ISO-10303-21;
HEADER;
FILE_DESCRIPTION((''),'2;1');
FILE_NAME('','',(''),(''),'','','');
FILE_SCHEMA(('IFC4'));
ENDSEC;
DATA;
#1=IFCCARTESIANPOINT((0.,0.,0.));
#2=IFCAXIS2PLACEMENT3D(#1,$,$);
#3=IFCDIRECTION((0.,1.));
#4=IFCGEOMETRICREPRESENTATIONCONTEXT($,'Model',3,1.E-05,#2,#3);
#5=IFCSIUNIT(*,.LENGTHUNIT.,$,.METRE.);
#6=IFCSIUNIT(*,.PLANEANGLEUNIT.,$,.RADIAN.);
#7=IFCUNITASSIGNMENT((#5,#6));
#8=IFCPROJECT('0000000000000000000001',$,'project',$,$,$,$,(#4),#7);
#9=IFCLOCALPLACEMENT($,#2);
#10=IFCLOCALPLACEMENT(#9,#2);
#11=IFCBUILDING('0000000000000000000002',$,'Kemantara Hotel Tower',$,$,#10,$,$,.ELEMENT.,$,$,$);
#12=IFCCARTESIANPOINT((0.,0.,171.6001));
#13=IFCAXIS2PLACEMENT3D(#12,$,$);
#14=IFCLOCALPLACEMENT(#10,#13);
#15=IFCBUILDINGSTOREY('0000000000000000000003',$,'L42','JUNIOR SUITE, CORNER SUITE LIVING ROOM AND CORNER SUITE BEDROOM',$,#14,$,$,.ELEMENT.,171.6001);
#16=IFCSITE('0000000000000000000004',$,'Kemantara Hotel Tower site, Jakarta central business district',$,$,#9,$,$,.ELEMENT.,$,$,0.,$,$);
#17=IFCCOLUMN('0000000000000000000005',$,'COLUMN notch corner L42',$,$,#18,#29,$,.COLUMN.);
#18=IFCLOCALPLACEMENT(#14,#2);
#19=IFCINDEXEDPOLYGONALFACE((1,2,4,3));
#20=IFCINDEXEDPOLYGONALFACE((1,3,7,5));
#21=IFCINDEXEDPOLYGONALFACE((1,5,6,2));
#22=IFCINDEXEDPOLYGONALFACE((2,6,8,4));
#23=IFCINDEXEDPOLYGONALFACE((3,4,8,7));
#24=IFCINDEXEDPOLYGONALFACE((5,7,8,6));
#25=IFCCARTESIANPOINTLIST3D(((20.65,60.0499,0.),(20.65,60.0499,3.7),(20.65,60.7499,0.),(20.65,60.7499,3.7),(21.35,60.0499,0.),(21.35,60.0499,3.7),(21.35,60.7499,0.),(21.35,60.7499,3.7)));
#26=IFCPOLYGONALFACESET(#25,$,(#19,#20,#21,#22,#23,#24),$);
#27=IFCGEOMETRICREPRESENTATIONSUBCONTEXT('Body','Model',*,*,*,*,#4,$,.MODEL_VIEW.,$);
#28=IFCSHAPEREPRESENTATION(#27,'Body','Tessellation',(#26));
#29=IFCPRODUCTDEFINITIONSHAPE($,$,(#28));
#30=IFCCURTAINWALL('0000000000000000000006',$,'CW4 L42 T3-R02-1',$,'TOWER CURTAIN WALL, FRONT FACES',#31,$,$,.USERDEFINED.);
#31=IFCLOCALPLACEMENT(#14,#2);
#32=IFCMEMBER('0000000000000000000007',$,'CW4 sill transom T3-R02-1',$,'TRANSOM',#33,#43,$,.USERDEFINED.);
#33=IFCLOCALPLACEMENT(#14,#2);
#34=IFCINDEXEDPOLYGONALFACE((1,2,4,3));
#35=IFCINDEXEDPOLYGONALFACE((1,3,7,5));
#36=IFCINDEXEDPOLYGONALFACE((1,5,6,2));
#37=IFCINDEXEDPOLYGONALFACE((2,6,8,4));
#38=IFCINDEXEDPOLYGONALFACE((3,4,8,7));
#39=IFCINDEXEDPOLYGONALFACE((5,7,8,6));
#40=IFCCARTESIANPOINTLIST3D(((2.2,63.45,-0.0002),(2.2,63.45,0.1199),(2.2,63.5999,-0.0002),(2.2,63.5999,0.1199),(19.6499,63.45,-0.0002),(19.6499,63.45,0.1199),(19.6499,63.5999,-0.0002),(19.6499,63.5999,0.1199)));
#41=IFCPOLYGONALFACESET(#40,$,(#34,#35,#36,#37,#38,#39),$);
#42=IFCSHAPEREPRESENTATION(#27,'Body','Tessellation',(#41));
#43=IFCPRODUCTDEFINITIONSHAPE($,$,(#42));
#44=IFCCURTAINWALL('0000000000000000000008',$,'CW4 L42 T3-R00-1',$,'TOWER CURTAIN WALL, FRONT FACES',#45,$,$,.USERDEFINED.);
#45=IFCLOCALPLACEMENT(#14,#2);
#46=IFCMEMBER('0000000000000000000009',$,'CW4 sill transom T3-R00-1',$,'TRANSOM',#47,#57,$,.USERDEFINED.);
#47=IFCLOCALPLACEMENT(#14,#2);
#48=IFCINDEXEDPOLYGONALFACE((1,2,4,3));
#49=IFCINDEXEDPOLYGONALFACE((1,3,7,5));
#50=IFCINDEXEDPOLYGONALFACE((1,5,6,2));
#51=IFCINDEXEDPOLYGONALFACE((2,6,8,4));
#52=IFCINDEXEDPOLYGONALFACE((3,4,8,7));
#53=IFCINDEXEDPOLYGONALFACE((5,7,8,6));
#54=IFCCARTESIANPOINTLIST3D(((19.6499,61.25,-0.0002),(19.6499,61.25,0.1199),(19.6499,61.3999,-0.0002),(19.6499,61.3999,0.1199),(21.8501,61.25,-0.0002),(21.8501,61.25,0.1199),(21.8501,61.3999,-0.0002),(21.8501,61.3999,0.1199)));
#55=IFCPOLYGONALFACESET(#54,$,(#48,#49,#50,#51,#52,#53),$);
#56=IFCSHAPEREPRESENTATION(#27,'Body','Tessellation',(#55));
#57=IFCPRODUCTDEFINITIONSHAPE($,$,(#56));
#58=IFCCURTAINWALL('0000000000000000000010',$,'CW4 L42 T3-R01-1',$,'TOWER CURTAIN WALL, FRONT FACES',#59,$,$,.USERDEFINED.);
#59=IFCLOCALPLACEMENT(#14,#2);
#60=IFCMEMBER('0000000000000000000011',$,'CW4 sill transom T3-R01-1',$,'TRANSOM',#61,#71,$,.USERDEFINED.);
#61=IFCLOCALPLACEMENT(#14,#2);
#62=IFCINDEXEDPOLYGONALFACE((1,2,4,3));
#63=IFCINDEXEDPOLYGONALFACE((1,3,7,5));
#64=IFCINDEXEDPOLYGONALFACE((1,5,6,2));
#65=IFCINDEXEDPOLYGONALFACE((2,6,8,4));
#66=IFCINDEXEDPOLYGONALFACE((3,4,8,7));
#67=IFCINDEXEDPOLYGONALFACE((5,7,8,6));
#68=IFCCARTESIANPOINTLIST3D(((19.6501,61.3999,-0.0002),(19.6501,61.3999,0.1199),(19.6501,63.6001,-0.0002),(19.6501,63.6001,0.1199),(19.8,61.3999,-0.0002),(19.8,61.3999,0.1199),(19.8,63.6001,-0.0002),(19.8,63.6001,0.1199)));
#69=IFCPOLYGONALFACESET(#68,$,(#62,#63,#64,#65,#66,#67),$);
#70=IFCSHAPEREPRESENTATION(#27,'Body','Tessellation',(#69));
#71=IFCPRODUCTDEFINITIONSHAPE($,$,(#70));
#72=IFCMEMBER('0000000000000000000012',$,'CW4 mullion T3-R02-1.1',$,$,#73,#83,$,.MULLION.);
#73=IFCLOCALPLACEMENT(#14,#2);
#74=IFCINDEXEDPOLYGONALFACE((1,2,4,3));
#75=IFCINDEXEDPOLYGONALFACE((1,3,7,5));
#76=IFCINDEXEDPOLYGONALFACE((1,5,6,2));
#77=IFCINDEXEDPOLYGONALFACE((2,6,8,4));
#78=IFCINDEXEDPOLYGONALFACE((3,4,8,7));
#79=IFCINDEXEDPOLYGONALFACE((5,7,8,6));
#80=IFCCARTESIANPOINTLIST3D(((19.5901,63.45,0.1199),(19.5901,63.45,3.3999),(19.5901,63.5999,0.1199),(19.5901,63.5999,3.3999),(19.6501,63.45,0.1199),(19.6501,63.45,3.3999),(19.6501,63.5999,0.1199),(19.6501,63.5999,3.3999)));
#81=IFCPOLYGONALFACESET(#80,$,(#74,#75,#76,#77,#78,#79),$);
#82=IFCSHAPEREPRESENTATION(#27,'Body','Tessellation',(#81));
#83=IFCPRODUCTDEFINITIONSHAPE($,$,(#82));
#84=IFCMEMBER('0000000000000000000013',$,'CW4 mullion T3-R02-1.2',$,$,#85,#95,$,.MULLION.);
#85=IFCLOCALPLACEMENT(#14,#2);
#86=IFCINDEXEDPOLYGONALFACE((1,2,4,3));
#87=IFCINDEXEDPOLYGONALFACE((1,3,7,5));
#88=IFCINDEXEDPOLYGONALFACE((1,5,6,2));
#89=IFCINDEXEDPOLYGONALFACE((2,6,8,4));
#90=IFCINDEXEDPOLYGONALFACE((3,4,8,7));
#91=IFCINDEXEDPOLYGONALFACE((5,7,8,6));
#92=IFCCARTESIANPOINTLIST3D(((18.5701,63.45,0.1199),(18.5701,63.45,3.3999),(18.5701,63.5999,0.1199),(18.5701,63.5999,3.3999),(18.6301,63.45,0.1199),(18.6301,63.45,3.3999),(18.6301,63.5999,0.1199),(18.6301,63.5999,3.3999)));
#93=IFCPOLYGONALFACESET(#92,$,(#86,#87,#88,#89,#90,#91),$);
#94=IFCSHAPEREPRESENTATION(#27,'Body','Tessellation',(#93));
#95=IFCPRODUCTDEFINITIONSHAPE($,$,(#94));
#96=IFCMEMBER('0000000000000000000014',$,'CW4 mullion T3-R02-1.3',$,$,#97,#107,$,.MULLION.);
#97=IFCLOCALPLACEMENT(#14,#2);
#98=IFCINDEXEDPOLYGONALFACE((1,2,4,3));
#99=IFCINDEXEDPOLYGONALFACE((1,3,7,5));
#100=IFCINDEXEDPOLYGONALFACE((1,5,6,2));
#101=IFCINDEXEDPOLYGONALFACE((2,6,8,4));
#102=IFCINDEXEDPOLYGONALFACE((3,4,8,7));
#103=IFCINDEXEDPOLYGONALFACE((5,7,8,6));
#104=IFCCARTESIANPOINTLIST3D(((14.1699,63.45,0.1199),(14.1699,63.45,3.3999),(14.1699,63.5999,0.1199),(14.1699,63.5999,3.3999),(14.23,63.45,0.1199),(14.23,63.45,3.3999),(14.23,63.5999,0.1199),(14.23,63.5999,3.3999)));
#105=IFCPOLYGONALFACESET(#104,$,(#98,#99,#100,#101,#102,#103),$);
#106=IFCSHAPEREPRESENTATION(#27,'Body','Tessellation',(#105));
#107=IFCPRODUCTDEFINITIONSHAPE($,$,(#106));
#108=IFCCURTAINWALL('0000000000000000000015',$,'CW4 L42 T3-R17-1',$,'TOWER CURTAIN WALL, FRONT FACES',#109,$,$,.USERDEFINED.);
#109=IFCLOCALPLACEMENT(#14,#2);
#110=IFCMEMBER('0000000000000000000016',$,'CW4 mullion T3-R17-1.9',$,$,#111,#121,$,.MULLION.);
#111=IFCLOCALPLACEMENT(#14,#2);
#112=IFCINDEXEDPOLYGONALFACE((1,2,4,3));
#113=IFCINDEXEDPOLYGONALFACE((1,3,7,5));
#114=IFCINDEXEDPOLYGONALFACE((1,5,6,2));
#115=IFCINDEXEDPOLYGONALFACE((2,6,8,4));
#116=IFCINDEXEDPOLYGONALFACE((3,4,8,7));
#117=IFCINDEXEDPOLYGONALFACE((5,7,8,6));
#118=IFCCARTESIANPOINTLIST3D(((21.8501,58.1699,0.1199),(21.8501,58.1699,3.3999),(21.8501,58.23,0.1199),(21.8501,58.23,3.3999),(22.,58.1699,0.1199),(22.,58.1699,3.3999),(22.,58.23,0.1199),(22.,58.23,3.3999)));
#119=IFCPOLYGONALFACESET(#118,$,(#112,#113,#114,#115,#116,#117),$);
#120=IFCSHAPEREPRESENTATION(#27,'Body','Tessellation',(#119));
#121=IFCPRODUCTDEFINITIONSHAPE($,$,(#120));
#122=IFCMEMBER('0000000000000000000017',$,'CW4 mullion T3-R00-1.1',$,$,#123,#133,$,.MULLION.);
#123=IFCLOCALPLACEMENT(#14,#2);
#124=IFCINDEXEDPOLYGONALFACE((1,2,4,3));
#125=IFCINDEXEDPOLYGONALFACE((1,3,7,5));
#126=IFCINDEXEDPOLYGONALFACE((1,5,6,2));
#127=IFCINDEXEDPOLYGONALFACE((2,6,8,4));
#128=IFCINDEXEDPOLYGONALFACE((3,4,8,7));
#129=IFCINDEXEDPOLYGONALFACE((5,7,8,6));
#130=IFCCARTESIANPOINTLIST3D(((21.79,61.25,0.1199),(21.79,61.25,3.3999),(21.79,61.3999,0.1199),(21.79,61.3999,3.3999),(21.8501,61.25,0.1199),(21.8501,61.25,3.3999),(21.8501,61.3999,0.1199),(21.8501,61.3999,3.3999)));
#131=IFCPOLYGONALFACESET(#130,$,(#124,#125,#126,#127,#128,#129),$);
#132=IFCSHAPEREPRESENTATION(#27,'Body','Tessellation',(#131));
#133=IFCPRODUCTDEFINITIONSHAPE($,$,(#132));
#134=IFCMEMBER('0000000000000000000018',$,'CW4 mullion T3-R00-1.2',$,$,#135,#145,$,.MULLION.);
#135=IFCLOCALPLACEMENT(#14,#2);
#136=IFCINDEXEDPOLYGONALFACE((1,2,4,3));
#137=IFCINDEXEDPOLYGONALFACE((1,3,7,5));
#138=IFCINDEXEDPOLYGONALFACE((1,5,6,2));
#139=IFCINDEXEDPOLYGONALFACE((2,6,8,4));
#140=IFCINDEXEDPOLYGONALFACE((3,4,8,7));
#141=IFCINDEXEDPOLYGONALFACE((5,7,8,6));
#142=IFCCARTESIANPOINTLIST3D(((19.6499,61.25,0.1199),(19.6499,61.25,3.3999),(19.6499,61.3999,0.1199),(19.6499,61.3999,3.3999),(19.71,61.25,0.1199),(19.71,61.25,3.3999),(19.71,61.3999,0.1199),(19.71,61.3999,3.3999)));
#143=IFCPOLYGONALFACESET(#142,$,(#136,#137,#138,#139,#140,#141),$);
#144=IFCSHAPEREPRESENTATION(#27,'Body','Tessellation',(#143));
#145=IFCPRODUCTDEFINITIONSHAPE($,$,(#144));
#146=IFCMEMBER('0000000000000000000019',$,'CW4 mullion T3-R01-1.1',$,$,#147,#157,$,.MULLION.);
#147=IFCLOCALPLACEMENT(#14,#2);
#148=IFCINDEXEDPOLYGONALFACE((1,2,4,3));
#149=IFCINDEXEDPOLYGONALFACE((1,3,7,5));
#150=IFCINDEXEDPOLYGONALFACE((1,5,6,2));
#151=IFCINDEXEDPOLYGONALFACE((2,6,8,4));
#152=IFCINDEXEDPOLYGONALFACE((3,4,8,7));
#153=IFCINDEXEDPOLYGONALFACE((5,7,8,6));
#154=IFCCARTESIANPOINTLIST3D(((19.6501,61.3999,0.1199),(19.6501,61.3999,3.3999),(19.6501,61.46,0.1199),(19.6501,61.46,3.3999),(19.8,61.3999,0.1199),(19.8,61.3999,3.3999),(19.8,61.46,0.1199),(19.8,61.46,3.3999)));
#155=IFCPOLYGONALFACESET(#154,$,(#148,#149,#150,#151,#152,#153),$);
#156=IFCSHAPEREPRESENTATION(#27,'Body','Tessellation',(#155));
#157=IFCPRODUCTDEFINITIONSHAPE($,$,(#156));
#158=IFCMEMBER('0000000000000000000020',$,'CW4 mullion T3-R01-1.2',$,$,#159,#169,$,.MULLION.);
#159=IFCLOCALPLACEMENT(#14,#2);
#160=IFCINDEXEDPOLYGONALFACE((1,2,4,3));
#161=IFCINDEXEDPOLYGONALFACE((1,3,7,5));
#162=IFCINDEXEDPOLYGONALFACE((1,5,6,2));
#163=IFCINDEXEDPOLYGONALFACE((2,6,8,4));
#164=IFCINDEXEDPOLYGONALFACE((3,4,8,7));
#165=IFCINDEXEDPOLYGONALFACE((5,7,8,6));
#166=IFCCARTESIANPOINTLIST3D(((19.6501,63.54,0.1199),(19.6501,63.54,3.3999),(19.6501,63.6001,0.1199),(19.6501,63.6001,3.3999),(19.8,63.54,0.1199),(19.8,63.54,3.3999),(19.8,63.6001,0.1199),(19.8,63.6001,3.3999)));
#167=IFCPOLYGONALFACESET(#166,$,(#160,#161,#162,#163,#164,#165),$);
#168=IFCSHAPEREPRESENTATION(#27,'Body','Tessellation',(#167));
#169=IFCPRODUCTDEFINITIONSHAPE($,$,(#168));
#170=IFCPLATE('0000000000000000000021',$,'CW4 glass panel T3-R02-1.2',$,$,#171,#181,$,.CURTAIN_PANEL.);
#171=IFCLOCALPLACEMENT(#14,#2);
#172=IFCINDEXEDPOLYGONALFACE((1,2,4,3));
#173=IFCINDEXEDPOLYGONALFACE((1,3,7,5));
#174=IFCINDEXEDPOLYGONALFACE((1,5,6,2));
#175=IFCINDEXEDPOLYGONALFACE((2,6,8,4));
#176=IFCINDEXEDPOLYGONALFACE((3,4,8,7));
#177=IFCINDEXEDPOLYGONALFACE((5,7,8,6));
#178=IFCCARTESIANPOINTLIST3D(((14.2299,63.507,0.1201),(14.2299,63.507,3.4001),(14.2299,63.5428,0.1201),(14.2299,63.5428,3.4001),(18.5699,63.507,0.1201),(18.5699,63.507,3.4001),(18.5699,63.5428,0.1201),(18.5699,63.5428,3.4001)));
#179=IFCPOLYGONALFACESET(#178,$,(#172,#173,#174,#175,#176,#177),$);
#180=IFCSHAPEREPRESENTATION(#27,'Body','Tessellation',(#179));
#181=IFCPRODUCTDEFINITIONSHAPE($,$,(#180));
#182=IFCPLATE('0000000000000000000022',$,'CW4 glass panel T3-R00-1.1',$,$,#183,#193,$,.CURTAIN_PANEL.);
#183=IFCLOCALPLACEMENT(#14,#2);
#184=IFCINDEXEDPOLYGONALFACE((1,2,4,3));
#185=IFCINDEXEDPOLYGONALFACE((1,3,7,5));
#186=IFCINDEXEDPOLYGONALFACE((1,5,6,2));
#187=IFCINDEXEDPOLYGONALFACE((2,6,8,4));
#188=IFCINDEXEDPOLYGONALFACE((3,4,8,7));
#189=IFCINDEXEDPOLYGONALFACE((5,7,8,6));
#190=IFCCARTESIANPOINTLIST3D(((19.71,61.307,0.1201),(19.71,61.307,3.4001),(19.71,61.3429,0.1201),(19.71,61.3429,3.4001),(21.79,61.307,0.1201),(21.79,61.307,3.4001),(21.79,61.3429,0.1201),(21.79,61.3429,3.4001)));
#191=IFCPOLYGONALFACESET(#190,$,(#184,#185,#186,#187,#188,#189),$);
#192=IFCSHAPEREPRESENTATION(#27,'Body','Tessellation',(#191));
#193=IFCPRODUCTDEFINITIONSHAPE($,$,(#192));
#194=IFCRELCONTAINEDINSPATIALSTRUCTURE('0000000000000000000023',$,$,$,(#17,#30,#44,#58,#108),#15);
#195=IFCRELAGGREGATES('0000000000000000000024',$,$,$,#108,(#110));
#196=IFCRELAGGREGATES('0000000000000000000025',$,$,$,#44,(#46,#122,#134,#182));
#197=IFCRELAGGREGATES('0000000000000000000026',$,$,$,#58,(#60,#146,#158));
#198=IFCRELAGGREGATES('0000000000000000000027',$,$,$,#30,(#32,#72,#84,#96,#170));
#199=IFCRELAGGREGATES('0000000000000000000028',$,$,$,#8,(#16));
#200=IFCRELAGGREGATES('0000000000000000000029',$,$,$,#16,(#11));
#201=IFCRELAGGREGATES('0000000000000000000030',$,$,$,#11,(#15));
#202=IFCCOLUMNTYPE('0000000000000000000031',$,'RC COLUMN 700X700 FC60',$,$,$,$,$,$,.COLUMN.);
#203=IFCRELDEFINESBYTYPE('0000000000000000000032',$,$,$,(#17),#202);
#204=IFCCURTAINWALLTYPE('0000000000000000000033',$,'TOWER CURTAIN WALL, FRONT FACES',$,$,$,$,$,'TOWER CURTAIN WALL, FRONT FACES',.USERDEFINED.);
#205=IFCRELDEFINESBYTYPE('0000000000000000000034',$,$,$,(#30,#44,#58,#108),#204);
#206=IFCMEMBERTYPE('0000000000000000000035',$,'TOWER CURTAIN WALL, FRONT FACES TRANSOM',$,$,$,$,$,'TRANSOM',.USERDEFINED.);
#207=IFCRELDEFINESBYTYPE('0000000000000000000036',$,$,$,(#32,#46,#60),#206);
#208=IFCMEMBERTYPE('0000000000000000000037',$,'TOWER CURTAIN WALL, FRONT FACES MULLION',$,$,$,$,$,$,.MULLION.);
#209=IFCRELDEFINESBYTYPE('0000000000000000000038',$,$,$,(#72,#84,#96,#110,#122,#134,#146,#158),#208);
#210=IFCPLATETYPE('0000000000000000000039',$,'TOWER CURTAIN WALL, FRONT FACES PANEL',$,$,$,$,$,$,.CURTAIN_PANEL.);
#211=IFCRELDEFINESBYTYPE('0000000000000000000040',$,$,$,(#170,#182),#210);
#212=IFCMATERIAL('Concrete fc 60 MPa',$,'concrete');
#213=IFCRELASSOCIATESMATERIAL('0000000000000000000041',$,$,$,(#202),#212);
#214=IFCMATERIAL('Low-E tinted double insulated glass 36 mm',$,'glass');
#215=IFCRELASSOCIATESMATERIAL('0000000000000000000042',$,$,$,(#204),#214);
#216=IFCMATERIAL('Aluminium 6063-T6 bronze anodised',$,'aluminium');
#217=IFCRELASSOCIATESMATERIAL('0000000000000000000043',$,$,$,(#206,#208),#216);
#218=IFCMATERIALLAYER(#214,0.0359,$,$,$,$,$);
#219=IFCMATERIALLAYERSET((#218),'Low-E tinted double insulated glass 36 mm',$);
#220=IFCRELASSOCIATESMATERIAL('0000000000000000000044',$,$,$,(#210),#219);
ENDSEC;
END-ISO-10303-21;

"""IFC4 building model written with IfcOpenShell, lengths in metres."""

from ifc_helpers import new_model, si_unit, direction, frame, origin, origin_2d, place, context, subcontext, project, spatial, rectangle, extrude, source, transform, mapped, material, layer, layer_set, material_profile, profile_set, type_object, element, aggregate, save


model = new_model("IFC4")

# Units and contexts
model_context = context("Model", 3, precision=1e-05, world=origin(), true_north=direction((0.0, 1.0)))
body_context = subcontext(model_context, "Body", "Model", "MODEL_VIEW")
ifc_project = project(units=[si_unit("LENGTHUNIT", "METRE"), si_unit("PLANEANGLEUNIT", "RADIAN")], contexts=[model_context])

# Site, building, storey
site_placement = place(None, origin())
site = spatial("IfcSite", under=ifc_project, at=site_placement, Name="Kemantara Hotel Tower site, Jakarta central business district", CompositionType="ELEMENT", RefElevation=0.0)
building_placement = place(site_placement, origin())
building = spatial("IfcBuilding", under=site, at=building_placement, Name="Kemantara Hotel Tower", CompositionType="ELEMENT")
storey_placement = place(building_placement, frame((0.0, 0.0, 171.6001)))
storey = spatial("IfcBuildingStorey", under=building, at=storey_placement, Name="L42", Description="JUNIOR SUITE, CORNER SUITE LIVING ROOM AND CORNER SUITE BEDROOM", CompositionType="ELEMENT", Elevation=171.6001)

# Column
ifc_material_1 = material(Name="Concrete fc 60 MPa", Category="concrete")
ifc_material_profile_1 = material_profile(ifc_material_1, rectangle(XDim=0.7, YDim=0.7, at=origin_2d()), Name="RC 700X700")
ifc_profile_set_1 = profile_set([ifc_material_profile_1], Name="Concrete fc 60 MPa")
column_type = type_object("IfcColumnType", Name="RC COLUMN 700X700 FC60", PredefinedType="COLUMN", material=ifc_profile_set_1)
column_placement = place(storey_placement, frame((21.0, 60.3999, 0.0), z_axis=(0.0, 0.0, 1.0), x_axis=(1.0, 0.0, 0.0)))
element("IfcColumn", 1, at=column_placement, inside=storey, type_object=column_type, Name="COLUMN notch corner L42", PredefinedType="COLUMN", context=body_context, shape_type="SweptSolid", body=[
    extrude(rectangle(XDim=0.7, YDim=0.7, at=origin_2d()), origin(), (0.0, 0.0, 1.0), 3.7),
])

# Curtain walls, members
ifc_material_2 = material(Name="Low-E tinted double insulated glass 36 mm", Category="glass")
curtain_wall_type = type_object("IfcCurtainWallType", Name="TOWER CURTAIN WALL, FRONT FACES", ElementType="TOWER CURTAIN WALL, FRONT FACES", PredefinedType="USERDEFINED", material=ifc_material_2)
curtain_wall_1_placement = place(storey_placement, origin())
curtain_wall_1 = element("IfcCurtainWall", 2, at=curtain_wall_1_placement, inside=storey, type_object=curtain_wall_type, Name="CW4 L42 T3-R02-1", ObjectType="TOWER CURTAIN WALL, FRONT FACES", PredefinedType="USERDEFINED")
ifc_material_3 = material(Name="Aluminium 6063-T6 bronze anodised", Category="aluminium")
ifc_material_profile_2 = material_profile(ifc_material_3, rectangle(XDim=0.1499, YDim=0.1201, at=origin_2d()), Name="TOWER CURTAIN WALL, FRONT FACES TRANSOM")
ifc_profile_set_2 = profile_set([ifc_material_profile_2], Name="Aluminium 6063-T6 bronze anodised")
member_type_1 = type_object("IfcMemberType", Name="TOWER CURTAIN WALL, FRONT FACES TRANSOM", ElementType="TRANSOM", PredefinedType="USERDEFINED", material=ifc_profile_set_2)
member_1_placement = place(storey_placement, frame((19.6499, 63.5249, 0.0598), z_axis=(-1.0, 0.0, 0.0), x_axis=(0.0, -1.0, 0.0)))
member_1 = element("IfcMember", 3, at=member_1_placement, type_object=member_type_1, Name="CW4 sill transom T3-R02-1", ObjectType="TRANSOM", PredefinedType="USERDEFINED", context=body_context, shape_type="SweptSolid", body=[
    extrude(rectangle(XDim=0.1499, YDim=0.1201, at=origin_2d()), origin(), (0.0, 0.0, 1.0), 17.45),
])
curtain_wall_2_placement = place(storey_placement, origin())
curtain_wall_2 = element("IfcCurtainWall", 4, at=curtain_wall_2_placement, inside=storey, type_object=curtain_wall_type, Name="CW4 L42 T3-R00-1", ObjectType="TOWER CURTAIN WALL, FRONT FACES", PredefinedType="USERDEFINED")
member_2_placement = place(storey_placement, frame((21.8501, 61.325, 0.0598), z_axis=(-1.0, 0.0, 0.0), x_axis=(0.0, -1.0, 0.0)))
member_2 = element("IfcMember", 5, at=member_2_placement, type_object=member_type_1, Name="CW4 sill transom T3-R00-1", ObjectType="TRANSOM", PredefinedType="USERDEFINED", context=body_context, shape_type="SweptSolid", body=[
    extrude(rectangle(XDim=0.1499, YDim=0.1201, at=origin_2d()), origin(), (0.0, 0.0, 1.0), 2.2002),
])
curtain_wall_3_placement = place(storey_placement, origin())
curtain_wall_3 = element("IfcCurtainWall", 6, at=curtain_wall_3_placement, inside=storey, type_object=curtain_wall_type, Name="CW4 L42 T3-R01-1", ObjectType="TOWER CURTAIN WALL, FRONT FACES", PredefinedType="USERDEFINED")
member_3_placement = place(storey_placement, frame((19.7251, 61.3999, 0.0598), z_axis=(0.0, 1.0, 0.0), x_axis=(-1.0, 0.0, 0.0)))
member_3 = element("IfcMember", 7, at=member_3_placement, type_object=member_type_1, Name="CW4 sill transom T3-R01-1", ObjectType="TRANSOM", PredefinedType="USERDEFINED", context=body_context, shape_type="SweptSolid", body=[
    extrude(rectangle(XDim=0.1499, YDim=0.1201, at=origin_2d()), origin(), (0.0, 0.0, 1.0), 2.2002),
])

# Members
ifc_material_profile_3 = material_profile(ifc_material_3, rectangle(XDim=0.1499, YDim=0.0601, at=origin_2d()), Name="TOWER CURTAIN WALL, FRONT FACES MULLION")
ifc_profile_set_3 = profile_set([ifc_material_profile_3], Name="Aluminium 6063-T6 bronze anodised")
member_type_2 = type_object("IfcMemberType", Name="TOWER CURTAIN WALL, FRONT FACES MULLION", PredefinedType="MULLION", material=ifc_profile_set_3)
shared_shape_1 = source(origin(), body_context, "Body", "SweptSolid", [
    extrude(rectangle(XDim=0.1499, YDim=0.0601, at=origin_2d()), origin(), (0.0, 0.0, 1.0), 3.28),
])
member_4_placement = place(storey_placement, frame((19.6201, 63.5249, 0.1199), z_axis=(0.0, 0.0, 1.0), x_axis=(0.0, -1.0, 0.0)))
member_4 = element("IfcMember", 8, at=member_4_placement, type_object=member_type_2, Name="CW4 mullion T3-R02-1.1", PredefinedType="MULLION", context=body_context, shape_type="MappedRepresentation", body=[
    mapped(shared_shape_1, transform((0.0, 0.0, 0.0))),
])
member_5_placement = place(storey_placement, frame((18.6001, 63.5249, 0.1199), z_axis=(0.0, 0.0, 1.0), x_axis=(0.0, -1.0, 0.0)))
member_5 = element("IfcMember", 9, at=member_5_placement, type_object=member_type_2, Name="CW4 mullion T3-R02-1.2", PredefinedType="MULLION", context=body_context, shape_type="MappedRepresentation", body=[
    mapped(shared_shape_1, transform((0.0, 0.0, 0.0))),
])
member_6_placement = place(storey_placement, frame((14.2, 63.5249, 0.1199), z_axis=(0.0, 0.0, 1.0), x_axis=(0.0, -1.0, 0.0)))
member_6 = element("IfcMember", 10, at=member_6_placement, type_object=member_type_2, Name="CW4 mullion T3-R02-1.3", PredefinedType="MULLION", context=body_context, shape_type="MappedRepresentation", body=[
    mapped(shared_shape_1, transform((0.0, 0.0, 0.0))),
])

# Curtain wall, member
curtain_wall_4_placement = place(storey_placement, origin())
curtain_wall_4 = element("IfcCurtainWall", 11, at=curtain_wall_4_placement, inside=storey, type_object=curtain_wall_type, Name="CW4 L42 T3-R17-1", ObjectType="TOWER CURTAIN WALL, FRONT FACES", PredefinedType="USERDEFINED")
member_7_placement = place(storey_placement, frame((21.925, 58.2, 0.1199), z_axis=(0.0, 0.0, 1.0), x_axis=(-1.0, 0.0, 0.0)))
member_7 = element("IfcMember", 12, at=member_7_placement, type_object=member_type_2, Name="CW4 mullion T3-R17-1.9", PredefinedType="MULLION", context=body_context, shape_type="MappedRepresentation", body=[
    mapped(shared_shape_1, transform((0.0, 0.0, 0.0))),
])
aggregate(curtain_wall_4, [member_7])

# Members
member_8_placement = place(storey_placement, frame((21.8201, 61.325, 0.1199), z_axis=(0.0, 0.0, 1.0), x_axis=(0.0, -1.0, 0.0)))
member_8 = element("IfcMember", 13, at=member_8_placement, type_object=member_type_2, Name="CW4 mullion T3-R00-1.1", PredefinedType="MULLION", context=body_context, shape_type="MappedRepresentation", body=[
    mapped(shared_shape_1, transform((0.0, 0.0, 0.0))),
])
member_9_placement = place(storey_placement, frame((19.6799, 61.325, 0.1199), z_axis=(0.0, 0.0, 1.0), x_axis=(0.0, -1.0, 0.0)))
member_9 = element("IfcMember", 14, at=member_9_placement, type_object=member_type_2, Name="CW4 mullion T3-R00-1.2", PredefinedType="MULLION", context=body_context, shape_type="MappedRepresentation", body=[
    mapped(shared_shape_1, transform((0.0, 0.0, 0.0))),
])
member_10_placement = place(storey_placement, frame((19.7251, 61.4299, 0.1199), z_axis=(0.0, 0.0, 1.0), x_axis=(-1.0, 0.0, 0.0)))
member_10 = element("IfcMember", 15, at=member_10_placement, type_object=member_type_2, Name="CW4 mullion T3-R01-1.1", PredefinedType="MULLION", context=body_context, shape_type="MappedRepresentation", body=[
    mapped(shared_shape_1, transform((0.0, 0.0, 0.0))),
])
member_11_placement = place(storey_placement, frame((19.7251, 63.5701, 0.1199), z_axis=(0.0, 0.0, 1.0), x_axis=(-1.0, 0.0, 0.0)))
member_11 = element("IfcMember", 16, at=member_11_placement, type_object=member_type_2, Name="CW4 mullion T3-R01-1.2", PredefinedType="MULLION", context=body_context, shape_type="MappedRepresentation", body=[
    mapped(shared_shape_1, transform((0.0, 0.0, 0.0))),
])

# Plates
ifc_layer_1 = layer(ifc_material_2, 0.0359)
ifc_layer_set_1 = layer_set([ifc_layer_1], Name="Low-E tinted double insulated glass 36 mm")
plate_type = type_object("IfcPlateType", Name="TOWER CURTAIN WALL, FRONT FACES PANEL", PredefinedType="CURTAIN_PANEL", material=ifc_layer_set_1)
shared_shape_2 = source(origin(), body_context, "Body", "SweptSolid", [
    extrude(rectangle(XDim=4.3401, YDim=0.0359, at=origin_2d()), origin(), (0.0, 0.0, 1.0), 3.28),
])
plate_1_placement = place(storey_placement, frame((16.3999, 63.5249, 0.1201), z_axis=(0.0, 0.0, 1.0), x_axis=(-1.0, 0.0, 0.0)))
plate_1 = element("IfcPlate", 17, at=plate_1_placement, type_object=plate_type, Name="CW4 glass panel T3-R02-1.2", PredefinedType="CURTAIN_PANEL", context=body_context, shape_type="MappedRepresentation", body=[
    mapped(shared_shape_2, transform((0.0, 0.0, 0.0))),
])
shared_shape_3 = source(origin(), body_context, "Body", "SweptSolid", [
    extrude(rectangle(XDim=2.0801, YDim=0.0359, at=origin_2d()), origin(), (0.0, 0.0, 1.0), 3.28),
])
plate_2_placement = place(storey_placement, frame((20.75, 61.325, 0.1201), z_axis=(0.0, 0.0, 1.0), x_axis=(-1.0, 0.0, 0.0)))
plate_2 = element("IfcPlate", 18, at=plate_2_placement, type_object=plate_type, Name="CW4 glass panel T3-R00-1.1", PredefinedType="CURTAIN_PANEL", context=body_context, shape_type="MappedRepresentation", body=[
    mapped(shared_shape_3, transform((0.0, 0.0, 0.0))),
])
aggregate(curtain_wall_2, [member_2, member_8, member_9, plate_2])
aggregate(curtain_wall_3, [member_3, member_10, member_11])
aggregate(curtain_wall_1, [member_1, member_4, member_5, member_6, plate_1])

save(model, "model.ifc")
